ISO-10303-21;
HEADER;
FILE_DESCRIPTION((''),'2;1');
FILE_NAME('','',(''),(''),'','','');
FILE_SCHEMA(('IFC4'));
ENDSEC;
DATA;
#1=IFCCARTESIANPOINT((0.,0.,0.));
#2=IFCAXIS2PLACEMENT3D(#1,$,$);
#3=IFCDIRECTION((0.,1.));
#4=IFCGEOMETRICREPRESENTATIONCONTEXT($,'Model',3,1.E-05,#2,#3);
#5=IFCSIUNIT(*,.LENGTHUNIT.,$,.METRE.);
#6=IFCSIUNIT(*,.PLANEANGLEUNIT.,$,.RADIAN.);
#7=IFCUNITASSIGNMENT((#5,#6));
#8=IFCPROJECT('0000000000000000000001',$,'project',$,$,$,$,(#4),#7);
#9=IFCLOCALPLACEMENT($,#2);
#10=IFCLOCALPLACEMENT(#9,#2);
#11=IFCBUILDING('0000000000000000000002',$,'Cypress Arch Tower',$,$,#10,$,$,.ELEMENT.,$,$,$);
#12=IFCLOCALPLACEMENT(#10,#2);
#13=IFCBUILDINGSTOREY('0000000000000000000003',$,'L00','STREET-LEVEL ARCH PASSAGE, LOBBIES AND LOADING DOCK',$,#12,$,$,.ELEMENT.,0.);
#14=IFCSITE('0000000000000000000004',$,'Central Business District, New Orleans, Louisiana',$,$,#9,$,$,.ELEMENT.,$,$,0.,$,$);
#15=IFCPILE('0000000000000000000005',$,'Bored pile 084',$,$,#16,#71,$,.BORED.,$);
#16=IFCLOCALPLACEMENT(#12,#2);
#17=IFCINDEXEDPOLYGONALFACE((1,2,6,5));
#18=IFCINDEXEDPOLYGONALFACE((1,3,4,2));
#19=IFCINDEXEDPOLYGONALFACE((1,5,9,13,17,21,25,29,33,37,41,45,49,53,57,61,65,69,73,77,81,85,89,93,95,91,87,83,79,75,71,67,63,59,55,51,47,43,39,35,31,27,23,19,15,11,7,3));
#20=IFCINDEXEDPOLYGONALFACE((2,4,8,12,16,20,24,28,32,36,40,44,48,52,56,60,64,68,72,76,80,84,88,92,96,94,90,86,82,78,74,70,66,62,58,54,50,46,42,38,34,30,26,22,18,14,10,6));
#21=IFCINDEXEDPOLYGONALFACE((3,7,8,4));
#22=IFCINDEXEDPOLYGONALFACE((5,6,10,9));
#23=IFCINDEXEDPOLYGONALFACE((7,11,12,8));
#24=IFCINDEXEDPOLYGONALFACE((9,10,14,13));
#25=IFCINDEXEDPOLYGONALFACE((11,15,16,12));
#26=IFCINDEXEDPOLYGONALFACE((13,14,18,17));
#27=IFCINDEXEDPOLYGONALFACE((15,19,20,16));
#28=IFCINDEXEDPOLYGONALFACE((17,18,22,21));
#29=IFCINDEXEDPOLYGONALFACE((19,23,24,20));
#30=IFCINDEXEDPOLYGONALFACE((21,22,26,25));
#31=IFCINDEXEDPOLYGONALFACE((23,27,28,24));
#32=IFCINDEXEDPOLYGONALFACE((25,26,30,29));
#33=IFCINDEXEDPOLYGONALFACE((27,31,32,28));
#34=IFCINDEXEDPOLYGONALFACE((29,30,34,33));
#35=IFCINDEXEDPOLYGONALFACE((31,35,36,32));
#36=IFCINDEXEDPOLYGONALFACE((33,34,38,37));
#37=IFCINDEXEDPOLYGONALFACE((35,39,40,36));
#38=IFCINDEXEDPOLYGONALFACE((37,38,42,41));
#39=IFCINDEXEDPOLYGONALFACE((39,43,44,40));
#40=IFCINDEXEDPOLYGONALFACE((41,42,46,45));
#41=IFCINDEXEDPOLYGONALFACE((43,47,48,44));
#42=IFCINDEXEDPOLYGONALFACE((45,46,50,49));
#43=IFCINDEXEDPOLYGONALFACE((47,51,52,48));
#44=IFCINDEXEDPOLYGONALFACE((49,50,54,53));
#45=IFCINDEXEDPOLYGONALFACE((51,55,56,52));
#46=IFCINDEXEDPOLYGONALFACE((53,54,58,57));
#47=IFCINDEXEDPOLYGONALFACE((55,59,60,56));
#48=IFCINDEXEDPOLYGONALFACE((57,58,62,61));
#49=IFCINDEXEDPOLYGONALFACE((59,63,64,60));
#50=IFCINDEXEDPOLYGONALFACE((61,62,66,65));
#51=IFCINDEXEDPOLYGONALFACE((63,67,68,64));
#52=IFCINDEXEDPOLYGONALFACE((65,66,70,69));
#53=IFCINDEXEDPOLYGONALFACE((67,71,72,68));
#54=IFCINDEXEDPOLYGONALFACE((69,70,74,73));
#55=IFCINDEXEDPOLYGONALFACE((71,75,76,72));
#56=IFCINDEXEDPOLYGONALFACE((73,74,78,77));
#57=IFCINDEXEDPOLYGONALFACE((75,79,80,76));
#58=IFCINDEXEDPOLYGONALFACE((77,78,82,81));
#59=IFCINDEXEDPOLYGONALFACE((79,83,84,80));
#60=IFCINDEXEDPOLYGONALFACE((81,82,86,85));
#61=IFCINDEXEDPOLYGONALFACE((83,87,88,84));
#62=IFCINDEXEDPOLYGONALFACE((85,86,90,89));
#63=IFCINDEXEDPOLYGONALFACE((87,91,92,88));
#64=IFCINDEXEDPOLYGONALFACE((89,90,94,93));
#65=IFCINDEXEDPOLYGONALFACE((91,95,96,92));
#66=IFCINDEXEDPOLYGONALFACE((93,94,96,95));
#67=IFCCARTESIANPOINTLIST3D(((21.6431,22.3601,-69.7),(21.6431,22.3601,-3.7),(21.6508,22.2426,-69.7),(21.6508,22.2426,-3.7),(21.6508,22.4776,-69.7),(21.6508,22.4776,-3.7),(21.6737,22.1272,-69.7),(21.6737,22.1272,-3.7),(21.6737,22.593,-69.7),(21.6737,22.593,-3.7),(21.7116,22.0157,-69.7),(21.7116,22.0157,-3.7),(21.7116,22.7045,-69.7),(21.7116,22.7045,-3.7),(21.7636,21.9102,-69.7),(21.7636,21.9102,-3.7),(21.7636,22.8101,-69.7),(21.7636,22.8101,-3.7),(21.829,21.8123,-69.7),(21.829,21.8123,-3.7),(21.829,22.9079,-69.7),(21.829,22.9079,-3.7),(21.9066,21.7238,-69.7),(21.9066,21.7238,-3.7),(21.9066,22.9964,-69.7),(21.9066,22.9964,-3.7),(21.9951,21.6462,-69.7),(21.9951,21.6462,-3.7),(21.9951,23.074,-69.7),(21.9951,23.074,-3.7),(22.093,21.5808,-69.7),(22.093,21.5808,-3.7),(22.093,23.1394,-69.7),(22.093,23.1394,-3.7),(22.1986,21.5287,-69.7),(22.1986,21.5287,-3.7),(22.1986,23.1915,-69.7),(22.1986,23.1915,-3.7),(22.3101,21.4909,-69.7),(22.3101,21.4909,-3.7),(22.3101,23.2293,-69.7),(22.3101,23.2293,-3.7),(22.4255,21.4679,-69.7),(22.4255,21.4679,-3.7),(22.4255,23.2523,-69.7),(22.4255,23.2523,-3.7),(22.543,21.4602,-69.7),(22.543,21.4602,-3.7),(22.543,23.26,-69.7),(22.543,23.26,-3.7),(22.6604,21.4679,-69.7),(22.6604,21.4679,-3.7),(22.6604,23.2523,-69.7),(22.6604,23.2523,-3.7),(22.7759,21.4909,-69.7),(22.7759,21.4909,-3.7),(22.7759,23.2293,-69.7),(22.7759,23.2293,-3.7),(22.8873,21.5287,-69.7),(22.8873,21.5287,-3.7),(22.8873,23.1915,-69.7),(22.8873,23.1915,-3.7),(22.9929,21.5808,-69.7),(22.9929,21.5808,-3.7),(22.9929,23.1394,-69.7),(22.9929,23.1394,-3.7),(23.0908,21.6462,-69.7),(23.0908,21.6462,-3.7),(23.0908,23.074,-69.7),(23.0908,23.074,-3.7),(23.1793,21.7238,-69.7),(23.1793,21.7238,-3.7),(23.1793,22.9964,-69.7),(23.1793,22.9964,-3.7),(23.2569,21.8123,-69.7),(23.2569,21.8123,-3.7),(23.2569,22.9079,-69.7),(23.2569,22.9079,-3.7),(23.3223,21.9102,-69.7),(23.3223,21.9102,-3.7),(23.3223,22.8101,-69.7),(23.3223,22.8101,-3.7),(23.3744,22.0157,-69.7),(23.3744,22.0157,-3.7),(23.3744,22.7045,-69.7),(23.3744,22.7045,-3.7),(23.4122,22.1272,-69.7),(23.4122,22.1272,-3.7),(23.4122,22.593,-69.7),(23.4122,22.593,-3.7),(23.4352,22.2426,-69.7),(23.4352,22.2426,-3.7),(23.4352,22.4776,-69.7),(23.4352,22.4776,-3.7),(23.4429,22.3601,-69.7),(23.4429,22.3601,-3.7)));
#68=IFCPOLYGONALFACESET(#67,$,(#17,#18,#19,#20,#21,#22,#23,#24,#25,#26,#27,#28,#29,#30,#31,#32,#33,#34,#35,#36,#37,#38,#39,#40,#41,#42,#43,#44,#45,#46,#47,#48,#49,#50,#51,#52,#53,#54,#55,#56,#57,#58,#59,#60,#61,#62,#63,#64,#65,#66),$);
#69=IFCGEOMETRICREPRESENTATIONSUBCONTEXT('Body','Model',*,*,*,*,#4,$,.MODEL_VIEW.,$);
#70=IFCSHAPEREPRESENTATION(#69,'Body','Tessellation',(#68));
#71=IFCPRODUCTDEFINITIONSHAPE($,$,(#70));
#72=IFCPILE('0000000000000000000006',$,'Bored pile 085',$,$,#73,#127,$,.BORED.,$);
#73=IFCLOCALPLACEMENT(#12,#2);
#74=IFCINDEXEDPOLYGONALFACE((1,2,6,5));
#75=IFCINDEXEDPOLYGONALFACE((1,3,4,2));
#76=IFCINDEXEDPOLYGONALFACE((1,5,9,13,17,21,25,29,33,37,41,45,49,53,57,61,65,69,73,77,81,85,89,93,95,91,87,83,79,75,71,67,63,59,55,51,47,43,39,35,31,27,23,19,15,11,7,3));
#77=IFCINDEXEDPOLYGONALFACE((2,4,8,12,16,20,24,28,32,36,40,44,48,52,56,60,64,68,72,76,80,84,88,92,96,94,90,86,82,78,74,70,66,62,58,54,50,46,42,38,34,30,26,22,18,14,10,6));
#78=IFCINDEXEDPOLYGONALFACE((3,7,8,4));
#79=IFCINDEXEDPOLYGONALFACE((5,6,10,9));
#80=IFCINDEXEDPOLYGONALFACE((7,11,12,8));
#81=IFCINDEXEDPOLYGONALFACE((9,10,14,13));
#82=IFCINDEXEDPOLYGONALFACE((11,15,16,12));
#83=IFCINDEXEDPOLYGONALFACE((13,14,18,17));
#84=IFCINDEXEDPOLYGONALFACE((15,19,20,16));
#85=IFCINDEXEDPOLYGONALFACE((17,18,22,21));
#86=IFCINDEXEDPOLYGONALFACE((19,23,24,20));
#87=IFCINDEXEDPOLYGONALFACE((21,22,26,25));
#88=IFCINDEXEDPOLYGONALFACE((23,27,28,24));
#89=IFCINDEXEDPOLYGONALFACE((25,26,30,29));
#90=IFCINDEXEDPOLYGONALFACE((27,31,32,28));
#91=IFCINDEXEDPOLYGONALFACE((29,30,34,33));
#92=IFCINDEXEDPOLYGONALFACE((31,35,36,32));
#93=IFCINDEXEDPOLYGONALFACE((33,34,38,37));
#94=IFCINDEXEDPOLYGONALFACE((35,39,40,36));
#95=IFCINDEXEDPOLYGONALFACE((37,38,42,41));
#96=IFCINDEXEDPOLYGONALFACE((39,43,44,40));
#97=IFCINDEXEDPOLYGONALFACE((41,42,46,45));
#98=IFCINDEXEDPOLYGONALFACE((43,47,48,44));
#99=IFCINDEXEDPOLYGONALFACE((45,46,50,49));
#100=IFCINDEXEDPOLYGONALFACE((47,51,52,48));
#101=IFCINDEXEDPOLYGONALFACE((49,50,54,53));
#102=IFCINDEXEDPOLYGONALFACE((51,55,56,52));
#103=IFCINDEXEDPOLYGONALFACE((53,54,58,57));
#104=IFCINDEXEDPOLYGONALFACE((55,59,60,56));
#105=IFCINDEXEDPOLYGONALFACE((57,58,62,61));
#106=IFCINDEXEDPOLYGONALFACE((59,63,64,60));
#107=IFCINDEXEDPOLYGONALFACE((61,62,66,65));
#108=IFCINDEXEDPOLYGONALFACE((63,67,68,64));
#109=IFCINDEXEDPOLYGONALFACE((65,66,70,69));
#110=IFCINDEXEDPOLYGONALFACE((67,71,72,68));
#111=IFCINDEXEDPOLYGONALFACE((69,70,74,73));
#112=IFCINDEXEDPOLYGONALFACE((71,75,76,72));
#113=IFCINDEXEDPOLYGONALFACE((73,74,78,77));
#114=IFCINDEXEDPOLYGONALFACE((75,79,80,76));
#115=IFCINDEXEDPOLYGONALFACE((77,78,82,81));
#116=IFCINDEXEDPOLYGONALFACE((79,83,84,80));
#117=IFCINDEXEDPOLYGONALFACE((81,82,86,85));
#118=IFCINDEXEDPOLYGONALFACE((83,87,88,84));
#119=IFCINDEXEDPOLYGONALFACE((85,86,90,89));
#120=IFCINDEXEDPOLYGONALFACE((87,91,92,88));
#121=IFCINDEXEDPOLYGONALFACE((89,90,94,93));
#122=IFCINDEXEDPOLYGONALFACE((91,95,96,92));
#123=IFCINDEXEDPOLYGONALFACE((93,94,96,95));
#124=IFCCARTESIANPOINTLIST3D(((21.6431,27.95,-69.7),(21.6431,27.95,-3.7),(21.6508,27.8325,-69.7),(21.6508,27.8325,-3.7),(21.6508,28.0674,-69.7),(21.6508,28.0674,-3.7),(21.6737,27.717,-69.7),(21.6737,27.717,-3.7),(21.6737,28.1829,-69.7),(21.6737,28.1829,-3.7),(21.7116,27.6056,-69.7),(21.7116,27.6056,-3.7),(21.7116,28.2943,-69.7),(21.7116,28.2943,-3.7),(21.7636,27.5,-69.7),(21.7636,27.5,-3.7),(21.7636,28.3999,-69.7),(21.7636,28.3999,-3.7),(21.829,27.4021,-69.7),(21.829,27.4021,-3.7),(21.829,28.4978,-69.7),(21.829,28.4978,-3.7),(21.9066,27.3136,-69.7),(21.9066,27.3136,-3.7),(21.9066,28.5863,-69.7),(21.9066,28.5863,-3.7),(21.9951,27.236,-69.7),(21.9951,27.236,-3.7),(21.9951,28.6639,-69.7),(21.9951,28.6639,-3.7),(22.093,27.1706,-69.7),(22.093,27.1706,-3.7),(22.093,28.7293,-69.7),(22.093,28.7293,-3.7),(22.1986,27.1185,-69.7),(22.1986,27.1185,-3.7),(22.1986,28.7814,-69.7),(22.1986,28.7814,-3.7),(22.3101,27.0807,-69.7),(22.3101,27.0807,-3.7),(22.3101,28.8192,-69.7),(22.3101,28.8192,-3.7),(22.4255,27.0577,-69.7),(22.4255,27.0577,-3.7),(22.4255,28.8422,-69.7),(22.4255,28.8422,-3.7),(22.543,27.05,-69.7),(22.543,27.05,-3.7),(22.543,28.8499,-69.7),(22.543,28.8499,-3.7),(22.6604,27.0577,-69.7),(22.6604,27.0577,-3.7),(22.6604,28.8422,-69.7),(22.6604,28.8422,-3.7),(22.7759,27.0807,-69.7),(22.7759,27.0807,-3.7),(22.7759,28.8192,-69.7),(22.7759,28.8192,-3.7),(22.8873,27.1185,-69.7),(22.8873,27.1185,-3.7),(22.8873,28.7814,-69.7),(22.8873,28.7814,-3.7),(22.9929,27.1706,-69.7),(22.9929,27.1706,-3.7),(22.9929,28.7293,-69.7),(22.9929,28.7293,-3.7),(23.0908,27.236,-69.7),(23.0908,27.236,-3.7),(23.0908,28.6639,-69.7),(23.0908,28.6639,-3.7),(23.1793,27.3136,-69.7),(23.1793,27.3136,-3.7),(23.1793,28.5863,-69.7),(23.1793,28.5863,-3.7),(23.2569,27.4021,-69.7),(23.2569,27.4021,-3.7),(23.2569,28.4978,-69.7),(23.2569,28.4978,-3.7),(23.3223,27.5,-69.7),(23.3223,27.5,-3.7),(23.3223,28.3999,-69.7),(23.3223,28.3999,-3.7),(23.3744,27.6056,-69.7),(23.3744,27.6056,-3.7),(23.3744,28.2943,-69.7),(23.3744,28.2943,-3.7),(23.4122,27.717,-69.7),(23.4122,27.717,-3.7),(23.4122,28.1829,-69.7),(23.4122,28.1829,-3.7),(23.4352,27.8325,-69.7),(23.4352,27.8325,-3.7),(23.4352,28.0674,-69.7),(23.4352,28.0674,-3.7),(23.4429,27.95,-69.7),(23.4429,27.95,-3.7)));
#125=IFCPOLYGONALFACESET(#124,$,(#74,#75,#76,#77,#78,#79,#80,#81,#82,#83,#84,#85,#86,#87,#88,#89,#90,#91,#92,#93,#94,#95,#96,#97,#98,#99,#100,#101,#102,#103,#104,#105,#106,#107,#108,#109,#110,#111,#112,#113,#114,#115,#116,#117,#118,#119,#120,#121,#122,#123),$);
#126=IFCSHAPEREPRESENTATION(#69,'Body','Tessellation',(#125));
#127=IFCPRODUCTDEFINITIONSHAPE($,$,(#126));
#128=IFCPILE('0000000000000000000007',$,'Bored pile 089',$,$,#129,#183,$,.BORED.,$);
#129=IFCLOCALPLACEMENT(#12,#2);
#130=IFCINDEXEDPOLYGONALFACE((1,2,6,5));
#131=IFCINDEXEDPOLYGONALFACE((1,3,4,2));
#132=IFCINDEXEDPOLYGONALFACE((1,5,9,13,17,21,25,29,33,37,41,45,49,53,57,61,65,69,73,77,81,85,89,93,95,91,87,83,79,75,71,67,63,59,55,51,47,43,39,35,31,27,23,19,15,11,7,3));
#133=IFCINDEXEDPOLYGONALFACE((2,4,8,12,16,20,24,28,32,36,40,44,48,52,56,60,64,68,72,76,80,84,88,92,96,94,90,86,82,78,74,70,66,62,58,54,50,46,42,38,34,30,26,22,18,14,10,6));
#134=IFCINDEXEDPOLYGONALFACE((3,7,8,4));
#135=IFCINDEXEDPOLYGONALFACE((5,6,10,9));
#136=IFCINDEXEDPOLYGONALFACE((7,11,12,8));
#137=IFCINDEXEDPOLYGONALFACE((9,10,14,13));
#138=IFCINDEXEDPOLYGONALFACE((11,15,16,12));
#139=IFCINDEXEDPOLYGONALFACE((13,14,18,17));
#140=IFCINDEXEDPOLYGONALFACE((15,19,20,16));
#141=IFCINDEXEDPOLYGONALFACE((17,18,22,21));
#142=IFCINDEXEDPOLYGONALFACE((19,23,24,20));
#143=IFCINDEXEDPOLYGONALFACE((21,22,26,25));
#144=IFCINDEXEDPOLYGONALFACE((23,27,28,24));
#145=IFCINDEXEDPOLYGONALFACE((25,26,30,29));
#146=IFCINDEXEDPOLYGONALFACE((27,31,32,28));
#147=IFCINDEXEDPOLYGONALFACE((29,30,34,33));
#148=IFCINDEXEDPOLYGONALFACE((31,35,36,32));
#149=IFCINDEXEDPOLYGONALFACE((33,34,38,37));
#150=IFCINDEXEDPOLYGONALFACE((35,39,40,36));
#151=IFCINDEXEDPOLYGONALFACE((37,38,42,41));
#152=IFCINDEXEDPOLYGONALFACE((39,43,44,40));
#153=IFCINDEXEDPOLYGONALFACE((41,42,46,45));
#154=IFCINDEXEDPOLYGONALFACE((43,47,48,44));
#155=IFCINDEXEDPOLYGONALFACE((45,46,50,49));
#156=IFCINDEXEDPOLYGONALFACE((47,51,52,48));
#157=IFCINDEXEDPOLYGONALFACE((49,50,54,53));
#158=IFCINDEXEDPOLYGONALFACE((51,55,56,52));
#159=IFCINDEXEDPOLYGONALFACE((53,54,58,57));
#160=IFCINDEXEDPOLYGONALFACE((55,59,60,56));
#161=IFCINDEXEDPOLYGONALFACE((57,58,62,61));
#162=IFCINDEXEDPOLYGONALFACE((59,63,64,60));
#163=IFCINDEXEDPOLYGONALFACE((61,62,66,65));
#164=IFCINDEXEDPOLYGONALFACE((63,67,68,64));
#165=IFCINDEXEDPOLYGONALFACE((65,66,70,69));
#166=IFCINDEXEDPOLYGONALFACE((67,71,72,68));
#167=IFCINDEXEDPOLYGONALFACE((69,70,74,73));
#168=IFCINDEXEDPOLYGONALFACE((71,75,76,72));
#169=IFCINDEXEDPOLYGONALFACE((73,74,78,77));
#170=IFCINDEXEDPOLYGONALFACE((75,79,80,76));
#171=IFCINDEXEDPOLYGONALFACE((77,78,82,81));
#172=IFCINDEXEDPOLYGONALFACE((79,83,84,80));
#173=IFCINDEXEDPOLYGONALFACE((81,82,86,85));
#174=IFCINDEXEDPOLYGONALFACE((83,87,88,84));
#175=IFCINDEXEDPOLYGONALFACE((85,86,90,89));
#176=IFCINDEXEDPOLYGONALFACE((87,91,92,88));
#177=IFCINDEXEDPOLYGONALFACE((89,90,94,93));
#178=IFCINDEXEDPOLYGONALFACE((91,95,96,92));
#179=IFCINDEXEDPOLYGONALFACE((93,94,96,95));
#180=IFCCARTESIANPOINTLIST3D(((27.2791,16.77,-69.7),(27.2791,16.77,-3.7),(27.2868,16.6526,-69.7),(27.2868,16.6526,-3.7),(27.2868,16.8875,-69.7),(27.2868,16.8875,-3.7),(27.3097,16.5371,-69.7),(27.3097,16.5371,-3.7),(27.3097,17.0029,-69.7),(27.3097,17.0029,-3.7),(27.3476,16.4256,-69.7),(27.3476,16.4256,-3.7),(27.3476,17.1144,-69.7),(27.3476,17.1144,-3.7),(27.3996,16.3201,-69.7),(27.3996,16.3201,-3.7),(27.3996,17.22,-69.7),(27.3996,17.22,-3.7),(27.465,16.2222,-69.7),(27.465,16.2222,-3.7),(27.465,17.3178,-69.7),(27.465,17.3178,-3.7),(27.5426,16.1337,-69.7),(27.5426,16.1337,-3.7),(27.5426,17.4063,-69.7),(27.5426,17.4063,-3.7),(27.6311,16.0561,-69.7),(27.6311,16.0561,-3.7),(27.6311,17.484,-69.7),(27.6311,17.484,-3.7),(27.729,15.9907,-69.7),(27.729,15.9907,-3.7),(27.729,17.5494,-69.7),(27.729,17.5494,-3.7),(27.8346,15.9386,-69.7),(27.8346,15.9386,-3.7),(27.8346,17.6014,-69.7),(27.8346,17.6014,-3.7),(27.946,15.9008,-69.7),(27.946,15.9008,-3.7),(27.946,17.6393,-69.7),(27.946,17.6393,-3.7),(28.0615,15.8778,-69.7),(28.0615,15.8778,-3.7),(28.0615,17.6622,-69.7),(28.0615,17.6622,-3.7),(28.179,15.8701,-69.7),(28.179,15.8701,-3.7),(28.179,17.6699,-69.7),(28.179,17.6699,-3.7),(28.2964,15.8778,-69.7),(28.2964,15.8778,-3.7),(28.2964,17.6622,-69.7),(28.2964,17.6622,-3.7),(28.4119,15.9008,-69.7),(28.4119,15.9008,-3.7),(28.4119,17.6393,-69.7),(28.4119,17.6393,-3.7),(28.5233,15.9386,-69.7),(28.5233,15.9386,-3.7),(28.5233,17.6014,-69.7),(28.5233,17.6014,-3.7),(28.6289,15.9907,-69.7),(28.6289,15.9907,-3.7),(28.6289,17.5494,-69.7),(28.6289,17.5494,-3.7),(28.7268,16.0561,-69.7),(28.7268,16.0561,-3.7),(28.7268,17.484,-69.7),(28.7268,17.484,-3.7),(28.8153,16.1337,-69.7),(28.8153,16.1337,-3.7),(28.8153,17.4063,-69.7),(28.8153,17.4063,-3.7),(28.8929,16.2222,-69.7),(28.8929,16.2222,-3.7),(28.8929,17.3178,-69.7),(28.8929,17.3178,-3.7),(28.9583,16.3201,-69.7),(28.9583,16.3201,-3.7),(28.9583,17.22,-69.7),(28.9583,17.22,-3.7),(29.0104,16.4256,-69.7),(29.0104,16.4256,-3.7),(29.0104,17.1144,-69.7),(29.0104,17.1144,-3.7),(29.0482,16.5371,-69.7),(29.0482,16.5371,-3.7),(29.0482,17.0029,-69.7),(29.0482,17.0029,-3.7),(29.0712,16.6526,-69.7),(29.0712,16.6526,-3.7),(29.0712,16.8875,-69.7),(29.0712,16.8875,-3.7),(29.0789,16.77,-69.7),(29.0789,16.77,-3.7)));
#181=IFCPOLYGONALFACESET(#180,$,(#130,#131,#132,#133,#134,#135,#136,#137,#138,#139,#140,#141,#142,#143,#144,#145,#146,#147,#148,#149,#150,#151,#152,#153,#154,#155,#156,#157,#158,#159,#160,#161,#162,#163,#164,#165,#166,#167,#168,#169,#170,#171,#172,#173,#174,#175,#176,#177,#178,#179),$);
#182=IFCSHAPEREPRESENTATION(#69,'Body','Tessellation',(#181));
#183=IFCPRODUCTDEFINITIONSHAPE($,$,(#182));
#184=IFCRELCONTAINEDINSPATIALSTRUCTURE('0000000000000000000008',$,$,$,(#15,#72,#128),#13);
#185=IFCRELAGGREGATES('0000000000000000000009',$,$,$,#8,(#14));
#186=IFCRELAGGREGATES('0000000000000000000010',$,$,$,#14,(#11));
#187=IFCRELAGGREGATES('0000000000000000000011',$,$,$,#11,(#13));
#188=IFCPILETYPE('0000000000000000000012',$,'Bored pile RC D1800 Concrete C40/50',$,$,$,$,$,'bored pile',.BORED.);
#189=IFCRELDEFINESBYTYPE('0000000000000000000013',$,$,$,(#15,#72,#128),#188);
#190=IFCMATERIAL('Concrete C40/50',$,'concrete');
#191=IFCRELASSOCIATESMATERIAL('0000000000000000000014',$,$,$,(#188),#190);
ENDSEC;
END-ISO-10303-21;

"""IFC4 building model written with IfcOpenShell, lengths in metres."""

from ifc_helpers import new_model, si_unit, direction, frame, origin, origin_2d, place, context, subcontext, project, spatial, circle, extrude, material, material_profile, profile_set, type_object, element, save


model = new_model("IFC4")

# Units and contexts
model_context = context("Model", 3, precision=1e-05, world=origin(), true_north=direction((0.0, 1.0)))
body_context = subcontext(model_context, "Body", "Model", "MODEL_VIEW")
ifc_project = project(units=[si_unit("LENGTHUNIT", "METRE"), si_unit("PLANEANGLEUNIT", "RADIAN")], contexts=[model_context])

# Site, building, storey
site_placement = place(None, origin())
site = spatial("IfcSite", under=ifc_project, at=site_placement, Name="Central Business District, New Orleans, Louisiana", CompositionType="ELEMENT", RefElevation=0.0)
building_placement = place(site_placement, origin())
building = spatial("IfcBuilding", under=site, at=building_placement, Name="Cypress Arch Tower", CompositionType="ELEMENT")
storey_placement = place(building_placement, origin())
storey = spatial("IfcBuildingStorey", under=building, at=storey_placement, Name="L00", Description="STREET-LEVEL ARCH PASSAGE, LOBBIES AND LOADING DOCK", CompositionType="ELEMENT", Elevation=0.0)

# Piles
ifc_material_1 = material(Name="Concrete C40/50", Category="concrete")
ifc_material_profile_1 = material_profile(ifc_material_1, circle(Radius=0.8999, at=origin_2d()), Name="RC D1800")
ifc_profile_set_1 = profile_set([ifc_material_profile_1], Name="Concrete C40/50")
pile_type = type_object("IfcPileType", Name="Bored pile RC D1800 Concrete C40/50", ElementType="bored pile", PredefinedType="BORED", material=ifc_profile_set_1)
for number, where, z_axis, x_axis, name in (
    (1, (22.543, 22.3601, -3.7), (0.0, 0.0, -1.0), (1.0, 0.0, 0.0), "Bored pile 084"),
    (2, (22.543, 27.95, -3.7), (0.0, 0.0, -1.0), (1.0, 0.0, 0.0), "Bored pile 085"),
    (3, (28.179, 16.77, -3.7), (0.0, 0.0, -1.0), (1.0, 0.0, 0.0), "Bored pile 089"),
):
    element("IfcPile", number, at=place(storey_placement, frame(where, z_axis=z_axis, x_axis=x_axis)), inside=storey, type_object=pile_type, Name=name, PredefinedType="BORED", context=body_context, shape_type="SweptSolid", body=[
        extrude(circle(Radius=0.8999, at=origin_2d()), origin(), (0.0, 0.0, 1.0), 66.0),
    ])

save(model, "model.ifc")
